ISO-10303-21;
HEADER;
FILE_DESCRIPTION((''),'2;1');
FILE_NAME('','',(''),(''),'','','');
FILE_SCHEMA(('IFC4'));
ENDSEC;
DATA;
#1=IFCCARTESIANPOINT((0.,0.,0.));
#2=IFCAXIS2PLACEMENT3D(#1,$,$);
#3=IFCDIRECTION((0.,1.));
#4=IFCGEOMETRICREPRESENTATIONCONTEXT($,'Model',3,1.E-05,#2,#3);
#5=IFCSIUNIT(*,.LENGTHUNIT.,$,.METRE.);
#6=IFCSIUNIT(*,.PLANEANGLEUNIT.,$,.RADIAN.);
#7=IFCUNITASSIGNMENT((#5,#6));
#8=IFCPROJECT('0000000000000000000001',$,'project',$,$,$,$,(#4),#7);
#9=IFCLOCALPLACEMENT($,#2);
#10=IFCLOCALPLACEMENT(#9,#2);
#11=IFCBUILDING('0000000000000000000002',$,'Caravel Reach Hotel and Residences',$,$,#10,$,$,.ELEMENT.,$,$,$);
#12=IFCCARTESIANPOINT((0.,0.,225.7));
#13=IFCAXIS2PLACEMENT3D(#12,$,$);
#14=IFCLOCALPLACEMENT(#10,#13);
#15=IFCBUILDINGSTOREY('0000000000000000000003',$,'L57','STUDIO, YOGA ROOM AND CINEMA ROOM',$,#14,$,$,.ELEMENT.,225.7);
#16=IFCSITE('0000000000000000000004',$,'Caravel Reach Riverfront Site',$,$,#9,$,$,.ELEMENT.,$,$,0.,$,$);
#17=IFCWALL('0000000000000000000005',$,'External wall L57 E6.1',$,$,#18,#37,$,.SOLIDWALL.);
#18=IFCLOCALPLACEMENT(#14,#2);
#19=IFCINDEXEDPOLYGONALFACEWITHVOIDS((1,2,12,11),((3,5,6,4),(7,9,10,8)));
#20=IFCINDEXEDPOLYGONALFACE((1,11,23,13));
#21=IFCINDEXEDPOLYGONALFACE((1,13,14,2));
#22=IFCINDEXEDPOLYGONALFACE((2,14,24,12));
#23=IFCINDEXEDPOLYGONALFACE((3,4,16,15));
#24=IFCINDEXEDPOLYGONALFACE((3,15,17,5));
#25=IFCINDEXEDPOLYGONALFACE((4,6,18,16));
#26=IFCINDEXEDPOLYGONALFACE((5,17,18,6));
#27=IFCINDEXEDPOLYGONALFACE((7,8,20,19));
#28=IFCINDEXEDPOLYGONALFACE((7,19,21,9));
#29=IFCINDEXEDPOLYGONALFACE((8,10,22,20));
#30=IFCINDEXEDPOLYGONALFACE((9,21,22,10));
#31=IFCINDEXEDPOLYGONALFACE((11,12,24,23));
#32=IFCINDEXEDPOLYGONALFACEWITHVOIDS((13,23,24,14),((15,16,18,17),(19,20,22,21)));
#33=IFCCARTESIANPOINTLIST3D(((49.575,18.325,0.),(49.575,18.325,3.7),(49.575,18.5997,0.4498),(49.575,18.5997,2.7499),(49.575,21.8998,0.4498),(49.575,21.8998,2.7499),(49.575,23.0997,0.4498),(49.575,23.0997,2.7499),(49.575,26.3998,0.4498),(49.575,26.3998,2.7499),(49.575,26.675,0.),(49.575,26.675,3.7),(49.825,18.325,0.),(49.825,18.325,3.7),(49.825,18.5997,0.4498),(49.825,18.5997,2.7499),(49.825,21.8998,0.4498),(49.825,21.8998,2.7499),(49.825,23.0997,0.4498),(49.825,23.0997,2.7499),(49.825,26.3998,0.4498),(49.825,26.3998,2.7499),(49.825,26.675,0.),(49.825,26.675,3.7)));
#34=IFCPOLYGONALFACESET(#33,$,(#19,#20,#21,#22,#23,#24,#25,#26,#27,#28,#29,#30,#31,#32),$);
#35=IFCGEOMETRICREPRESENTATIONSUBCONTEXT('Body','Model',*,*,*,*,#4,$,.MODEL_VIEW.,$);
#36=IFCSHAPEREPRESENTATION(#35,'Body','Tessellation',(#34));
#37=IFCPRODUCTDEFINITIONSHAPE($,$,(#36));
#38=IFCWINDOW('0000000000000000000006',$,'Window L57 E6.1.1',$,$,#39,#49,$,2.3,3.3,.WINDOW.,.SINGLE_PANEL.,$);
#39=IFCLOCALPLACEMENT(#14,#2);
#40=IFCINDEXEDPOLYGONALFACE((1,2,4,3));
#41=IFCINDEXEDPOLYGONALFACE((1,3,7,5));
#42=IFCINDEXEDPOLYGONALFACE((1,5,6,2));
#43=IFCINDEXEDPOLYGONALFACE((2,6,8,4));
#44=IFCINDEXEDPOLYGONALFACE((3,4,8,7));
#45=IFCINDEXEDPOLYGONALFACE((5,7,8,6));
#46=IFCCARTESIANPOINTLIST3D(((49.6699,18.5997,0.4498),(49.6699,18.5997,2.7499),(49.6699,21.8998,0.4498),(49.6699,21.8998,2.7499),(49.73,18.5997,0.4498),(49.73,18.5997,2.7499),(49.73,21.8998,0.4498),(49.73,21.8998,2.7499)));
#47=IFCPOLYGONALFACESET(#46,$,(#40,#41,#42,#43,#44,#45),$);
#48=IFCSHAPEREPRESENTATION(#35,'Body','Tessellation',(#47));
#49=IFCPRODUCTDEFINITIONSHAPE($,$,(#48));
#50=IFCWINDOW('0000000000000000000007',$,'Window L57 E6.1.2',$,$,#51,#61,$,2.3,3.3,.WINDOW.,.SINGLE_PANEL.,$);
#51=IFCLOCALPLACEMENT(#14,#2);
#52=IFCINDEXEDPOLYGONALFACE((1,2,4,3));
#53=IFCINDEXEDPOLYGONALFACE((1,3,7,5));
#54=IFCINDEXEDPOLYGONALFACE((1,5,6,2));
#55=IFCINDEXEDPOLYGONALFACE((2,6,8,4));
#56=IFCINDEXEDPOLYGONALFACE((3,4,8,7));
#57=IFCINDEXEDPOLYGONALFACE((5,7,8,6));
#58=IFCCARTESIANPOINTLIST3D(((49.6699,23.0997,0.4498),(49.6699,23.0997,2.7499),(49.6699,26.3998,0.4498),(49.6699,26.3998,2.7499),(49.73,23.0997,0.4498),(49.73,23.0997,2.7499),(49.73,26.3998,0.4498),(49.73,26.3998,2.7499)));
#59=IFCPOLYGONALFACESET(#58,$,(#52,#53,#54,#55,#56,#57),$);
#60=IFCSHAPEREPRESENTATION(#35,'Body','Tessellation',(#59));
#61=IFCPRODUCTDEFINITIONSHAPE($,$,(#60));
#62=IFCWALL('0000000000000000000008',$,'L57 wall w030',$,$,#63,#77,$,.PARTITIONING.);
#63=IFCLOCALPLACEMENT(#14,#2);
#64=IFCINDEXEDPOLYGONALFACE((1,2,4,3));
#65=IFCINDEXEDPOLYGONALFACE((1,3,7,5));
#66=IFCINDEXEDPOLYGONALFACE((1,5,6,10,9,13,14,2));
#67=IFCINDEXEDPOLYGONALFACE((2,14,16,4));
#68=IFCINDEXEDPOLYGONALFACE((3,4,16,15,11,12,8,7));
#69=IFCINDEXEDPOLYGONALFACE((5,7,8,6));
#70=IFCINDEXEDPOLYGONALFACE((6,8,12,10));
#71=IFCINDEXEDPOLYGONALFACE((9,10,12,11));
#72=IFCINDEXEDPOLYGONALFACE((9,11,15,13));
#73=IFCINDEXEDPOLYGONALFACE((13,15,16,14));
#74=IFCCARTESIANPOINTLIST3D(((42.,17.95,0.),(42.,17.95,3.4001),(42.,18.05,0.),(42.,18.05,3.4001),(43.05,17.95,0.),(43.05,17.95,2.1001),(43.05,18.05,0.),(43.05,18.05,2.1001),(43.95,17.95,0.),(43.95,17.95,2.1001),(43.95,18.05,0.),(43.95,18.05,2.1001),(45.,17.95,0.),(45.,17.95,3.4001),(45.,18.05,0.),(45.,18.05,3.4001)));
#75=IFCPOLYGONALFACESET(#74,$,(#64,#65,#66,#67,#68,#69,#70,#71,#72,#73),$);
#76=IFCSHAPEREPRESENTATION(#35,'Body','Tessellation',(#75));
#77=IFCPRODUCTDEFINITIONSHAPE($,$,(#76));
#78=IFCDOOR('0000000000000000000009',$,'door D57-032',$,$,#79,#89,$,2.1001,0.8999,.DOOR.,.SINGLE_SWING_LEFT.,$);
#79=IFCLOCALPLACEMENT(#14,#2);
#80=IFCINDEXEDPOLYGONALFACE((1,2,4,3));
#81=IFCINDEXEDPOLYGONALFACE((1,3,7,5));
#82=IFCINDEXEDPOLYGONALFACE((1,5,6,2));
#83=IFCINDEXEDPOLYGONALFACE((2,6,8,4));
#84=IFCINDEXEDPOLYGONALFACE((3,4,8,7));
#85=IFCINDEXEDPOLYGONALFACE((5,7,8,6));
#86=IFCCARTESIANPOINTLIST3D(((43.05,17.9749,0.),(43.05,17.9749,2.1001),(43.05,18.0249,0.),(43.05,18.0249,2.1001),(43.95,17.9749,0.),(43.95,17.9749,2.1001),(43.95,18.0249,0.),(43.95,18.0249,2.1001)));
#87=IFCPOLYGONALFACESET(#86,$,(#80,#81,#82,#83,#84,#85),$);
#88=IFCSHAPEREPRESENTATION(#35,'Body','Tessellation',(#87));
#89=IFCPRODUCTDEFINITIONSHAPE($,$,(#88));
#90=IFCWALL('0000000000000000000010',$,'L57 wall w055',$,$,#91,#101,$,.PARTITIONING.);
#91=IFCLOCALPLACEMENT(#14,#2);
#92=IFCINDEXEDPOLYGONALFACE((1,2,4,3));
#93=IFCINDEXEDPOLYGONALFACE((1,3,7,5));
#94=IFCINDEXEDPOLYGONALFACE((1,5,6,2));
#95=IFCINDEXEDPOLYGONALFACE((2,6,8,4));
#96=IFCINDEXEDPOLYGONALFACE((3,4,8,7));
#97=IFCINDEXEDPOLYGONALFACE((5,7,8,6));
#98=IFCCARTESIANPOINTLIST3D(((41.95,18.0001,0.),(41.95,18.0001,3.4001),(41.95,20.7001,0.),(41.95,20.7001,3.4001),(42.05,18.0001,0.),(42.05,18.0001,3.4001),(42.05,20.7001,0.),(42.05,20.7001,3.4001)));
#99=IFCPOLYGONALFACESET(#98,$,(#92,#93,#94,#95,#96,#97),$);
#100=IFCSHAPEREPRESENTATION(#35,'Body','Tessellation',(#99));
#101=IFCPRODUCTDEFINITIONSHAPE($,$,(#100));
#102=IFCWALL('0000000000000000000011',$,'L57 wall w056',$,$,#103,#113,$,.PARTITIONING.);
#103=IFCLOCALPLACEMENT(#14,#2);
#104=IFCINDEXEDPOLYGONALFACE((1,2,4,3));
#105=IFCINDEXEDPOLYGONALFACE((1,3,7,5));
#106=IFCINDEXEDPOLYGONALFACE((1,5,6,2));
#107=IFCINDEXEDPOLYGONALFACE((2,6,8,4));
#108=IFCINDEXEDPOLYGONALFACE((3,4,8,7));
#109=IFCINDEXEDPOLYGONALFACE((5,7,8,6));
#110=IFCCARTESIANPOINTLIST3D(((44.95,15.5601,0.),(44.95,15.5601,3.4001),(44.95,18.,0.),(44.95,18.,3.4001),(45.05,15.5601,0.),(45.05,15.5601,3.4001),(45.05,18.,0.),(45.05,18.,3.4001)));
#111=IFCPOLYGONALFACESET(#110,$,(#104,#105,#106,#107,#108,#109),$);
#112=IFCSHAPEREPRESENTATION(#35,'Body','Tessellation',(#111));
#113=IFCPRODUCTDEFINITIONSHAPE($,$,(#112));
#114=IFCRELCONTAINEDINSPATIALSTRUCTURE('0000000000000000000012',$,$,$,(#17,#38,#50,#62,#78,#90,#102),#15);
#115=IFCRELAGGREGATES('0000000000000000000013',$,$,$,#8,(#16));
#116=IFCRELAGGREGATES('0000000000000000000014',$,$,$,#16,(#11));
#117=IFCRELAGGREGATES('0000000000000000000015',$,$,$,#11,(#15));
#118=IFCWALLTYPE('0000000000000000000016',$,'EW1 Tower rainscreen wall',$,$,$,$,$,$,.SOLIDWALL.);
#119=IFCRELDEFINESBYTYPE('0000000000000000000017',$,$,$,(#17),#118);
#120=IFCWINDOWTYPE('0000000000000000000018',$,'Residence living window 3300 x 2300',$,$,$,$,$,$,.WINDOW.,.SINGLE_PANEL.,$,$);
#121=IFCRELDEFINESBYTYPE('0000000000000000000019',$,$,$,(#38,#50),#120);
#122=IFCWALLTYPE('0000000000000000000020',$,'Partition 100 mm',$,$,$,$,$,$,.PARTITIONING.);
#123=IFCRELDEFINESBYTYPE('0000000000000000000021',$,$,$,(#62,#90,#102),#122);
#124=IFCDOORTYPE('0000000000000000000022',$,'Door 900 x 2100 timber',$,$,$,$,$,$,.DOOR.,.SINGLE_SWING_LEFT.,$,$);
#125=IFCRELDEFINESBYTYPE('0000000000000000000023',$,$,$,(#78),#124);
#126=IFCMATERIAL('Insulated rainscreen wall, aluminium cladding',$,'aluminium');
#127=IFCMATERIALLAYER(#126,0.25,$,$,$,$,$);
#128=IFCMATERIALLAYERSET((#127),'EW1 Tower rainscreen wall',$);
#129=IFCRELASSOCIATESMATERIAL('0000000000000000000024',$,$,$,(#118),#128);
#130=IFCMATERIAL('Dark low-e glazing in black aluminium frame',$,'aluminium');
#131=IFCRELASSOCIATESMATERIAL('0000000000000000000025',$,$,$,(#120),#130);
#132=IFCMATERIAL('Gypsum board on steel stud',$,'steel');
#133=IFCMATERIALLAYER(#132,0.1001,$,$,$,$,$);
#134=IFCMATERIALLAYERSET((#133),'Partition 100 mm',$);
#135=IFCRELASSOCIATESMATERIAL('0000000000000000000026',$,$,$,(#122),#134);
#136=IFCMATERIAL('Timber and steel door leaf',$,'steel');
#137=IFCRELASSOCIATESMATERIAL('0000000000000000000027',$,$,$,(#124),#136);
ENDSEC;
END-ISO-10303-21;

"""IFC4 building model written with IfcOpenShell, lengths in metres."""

from ifc_helpers import new_model, si_unit, direction, frame, frame_2d, origin, place, context, subcontext, project, spatial, rectangle, extrude, material, layer, layer_set, type_object, element, fill, save


model = new_model("IFC4")

# Units and contexts
model_context = context("Model", 3, precision=1e-05, world=origin(), true_north=direction((0.0, 1.0)))
body_context = subcontext(model_context, "Body", "Model", "MODEL_VIEW")
ifc_project = project(units=[si_unit("LENGTHUNIT", "METRE"), si_unit("PLANEANGLEUNIT", "RADIAN")], contexts=[model_context])

# Site, building, storey
site_placement = place(None, origin())
site = spatial("IfcSite", under=ifc_project, at=site_placement, Name="Caravel Reach Riverfront Site", CompositionType="ELEMENT", RefElevation=0.0)
building_placement = place(site_placement, origin())
building = spatial("IfcBuilding", under=site, at=building_placement, Name="Caravel Reach Hotel and Residences", CompositionType="ELEMENT")
storey_placement = place(building_placement, frame((0.0, 0.0, 225.7)))
storey = spatial("IfcBuildingStorey", under=building, at=storey_placement, Name="L57", Description="STUDIO, YOGA ROOM AND CINEMA ROOM", CompositionType="ELEMENT", Elevation=225.7)

# Shared definitions
ifc_material_1 = material(Name="Insulated rainscreen wall, aluminium cladding", Category="aluminium")
ifc_layer_1 = layer(ifc_material_1, 0.25)
ifc_layer_set_1 = layer_set([ifc_layer_1], Name="EW1 Tower rainscreen wall")
wall_type_1 = type_object("IfcWallType", Name="EW1 Tower rainscreen wall", PredefinedType="SOLIDWALL", material=ifc_layer_set_1)

# Wall, openings, windows
wall_1_placement = place(storey_placement, frame((49.7, 18.325, 0.0), z_axis=(0.0, 0.0, 1.0), x_axis=(0.0, 1.0, 0.0)))
wall_1 = element("IfcWall", 1, at=wall_1_placement, inside=storey, type_object=wall_type_1, Name="External wall L57 E6.1", PredefinedType="SOLIDWALL", context=body_context, shape_type="SweptSolid", body=[
    extrude(rectangle(XDim=8.3501, YDim=0.25, at=frame_2d((4.175, 0.0))), origin(), (0.0, 0.0, 1.0), 3.7),
])
opening_1_placement = place(wall_1_placement, frame((0.2749, 0.0, 0.45)))
opening_1 = element("IfcOpeningElement", 2, at=opening_1_placement, cuts=wall_1, PredefinedType="OPENING", context=body_context, shape_type="SweptSolid", body=[
    extrude(rectangle(XDim=3.3, YDim=2.3, at=frame_2d((1.6499, 1.1499))), frame((0.0, 0.135, 0.0), z_axis=(0.0, -1.0, 0.0), x_axis=(1.0, 0.0, 0.0)), (0.0, 0.0, 1.0), 0.27),
])
opening_2_placement = place(wall_1_placement, frame((4.7749, 0.0, 0.45)))
opening_2 = element("IfcOpeningElement", 3, at=opening_2_placement, cuts=wall_1, PredefinedType="OPENING", context=body_context, shape_type="SweptSolid", body=[
    extrude(rectangle(XDim=3.3, YDim=2.3, at=frame_2d((1.6499, 1.1499))), frame((0.0, 0.135, 0.0), z_axis=(0.0, -1.0, 0.0), x_axis=(1.0, 0.0, 0.0)), (0.0, 0.0, 1.0), 0.27),
])
ifc_material_2 = material(Name="Dark low-e glazing in black aluminium frame", Category="aluminium")
window_type_1 = type_object("IfcWindowType", Name="Residence living window 3300 x 2300", PartitioningType="SINGLE_PANEL", PredefinedType="WINDOW", material=ifc_material_2)
window_1_placement = place(opening_1_placement, origin())
window_1 = element("IfcWindow", 4, at=window_1_placement, inside=storey, type_object=window_type_1, Name="Window L57 E6.1.1", OverallHeight=2.3, OverallWidth=3.3, PartitioningType="SINGLE_PANEL", PredefinedType="WINDOW", context=body_context, shape_type="SweptSolid", body=[
    extrude(rectangle(XDim=3.3, YDim=2.3, at=frame_2d((1.6499, 1.1499))), frame((0.0, 0.03, 0.0), z_axis=(0.0, -1.0, 0.0), x_axis=(1.0, 0.0, 0.0)), (0.0, 0.0, 1.0), 0.0601),
])
fill(opening_1, window_1)
window_2_placement = place(opening_2_placement, origin())
window_2 = element("IfcWindow", 5, at=window_2_placement, inside=storey, type_object=window_type_1, Name="Window L57 E6.1.2", OverallHeight=2.3, OverallWidth=3.3, PartitioningType="SINGLE_PANEL", PredefinedType="WINDOW", context=body_context, shape_type="SweptSolid", body=[
    extrude(rectangle(XDim=3.3, YDim=2.3, at=frame_2d((1.6499, 1.1499))), frame((0.0, 0.03, 0.0), z_axis=(0.0, -1.0, 0.0), x_axis=(1.0, 0.0, 0.0)), (0.0, 0.0, 1.0), 0.0601),
])
fill(opening_2, window_2)

# Wall, opening, door
ifc_material_3 = material(Name="Gypsum board on steel stud", Category="steel")
ifc_layer_2 = layer(ifc_material_3, 0.1001)
ifc_layer_set_2 = layer_set([ifc_layer_2], Name="Partition 100 mm")
wall_type_2 = type_object("IfcWallType", Name="Partition 100 mm", PredefinedType="PARTITIONING", material=ifc_layer_set_2)
wall_2_placement = place(storey_placement, frame((42.0, 18.0, 0.0), z_axis=(0.0, 0.0, 1.0), x_axis=(1.0, 0.0, 0.0)))
wall_2 = element("IfcWall", 6, at=wall_2_placement, inside=storey, type_object=wall_type_2, Name="L57 wall w030", PredefinedType="PARTITIONING", context=body_context, shape_type="SweptSolid", body=[
    extrude(rectangle(XDim=3.0, YDim=0.1001, at=frame_2d((1.5, 0.0))), origin(), (0.0, 0.0, 1.0), 3.4001),
])
opening_3_placement = place(wall_2_placement, frame((1.05, 0.0, 0.0)))
opening_3 = element("IfcOpeningElement", 7, at=opening_3_placement, cuts=wall_2, PredefinedType="OPENING", context=body_context, shape_type="SweptSolid", body=[
    extrude(rectangle(XDim=0.8999, YDim=2.1001, at=frame_2d((0.45, 1.05))), frame((0.0, 0.0601, 0.0), z_axis=(0.0, -1.0, 0.0), x_axis=(1.0, 0.0, 0.0)), (0.0, 0.0, 1.0), 0.1201),
])
ifc_material_4 = material(Name="Timber and steel door leaf", Category="steel")
door_type_1 = type_object("IfcDoorType", Name="Door 900 x 2100 timber", OperationType="SINGLE_SWING_LEFT", PredefinedType="DOOR", material=ifc_material_4)
door_1_placement = place(opening_3_placement, origin())
door_1 = element("IfcDoor", 8, at=door_1_placement, inside=storey, type_object=door_type_1, Name="door D57-032", OperationType="SINGLE_SWING_LEFT", OverallHeight=2.1001, OverallWidth=0.8999, PredefinedType="DOOR", context=body_context, shape_type="SweptSolid", body=[
    extrude(rectangle(XDim=0.8999, YDim=2.1001, at=frame_2d((0.45, 1.05))), frame((0.0, 0.0249, 0.0), z_axis=(0.0, -1.0, 0.0), x_axis=(1.0, 0.0, 0.0)), (0.0, 0.0, 1.0), 0.05),
])
fill(opening_3, door_1)

# Walls
wall_3_placement = place(storey_placement, frame((42.0, 18.0, 0.0), z_axis=(0.0, 0.0, 1.0), x_axis=(0.0, 1.0, 0.0)))
element("IfcWall", 9, at=wall_3_placement, inside=storey, type_object=wall_type_2, Name="L57 wall w055", PredefinedType="PARTITIONING", context=body_context, shape_type="SweptSolid", body=[
    extrude(rectangle(XDim=2.7, YDim=0.1001, at=frame_2d((1.3501, 0.0))), origin(), (0.0, 0.0, 1.0), 3.4001),
])
wall_4_placement = place(storey_placement, frame((45.0, 15.5601, 0.0), z_axis=(0.0, 0.0, 1.0), x_axis=(0.0, 1.0, 0.0)))
element("IfcWall", 10, at=wall_4_placement, inside=storey, type_object=wall_type_2, Name="L57 wall w056", PredefinedType="PARTITIONING", context=body_context, shape_type="SweptSolid", body=[
    extrude(rectangle(XDim=2.4399, YDim=0.1001, at=frame_2d((1.22, 0.0))), origin(), (0.0, 0.0, 1.0), 3.4001),
])

save(model, "model.ifc")
